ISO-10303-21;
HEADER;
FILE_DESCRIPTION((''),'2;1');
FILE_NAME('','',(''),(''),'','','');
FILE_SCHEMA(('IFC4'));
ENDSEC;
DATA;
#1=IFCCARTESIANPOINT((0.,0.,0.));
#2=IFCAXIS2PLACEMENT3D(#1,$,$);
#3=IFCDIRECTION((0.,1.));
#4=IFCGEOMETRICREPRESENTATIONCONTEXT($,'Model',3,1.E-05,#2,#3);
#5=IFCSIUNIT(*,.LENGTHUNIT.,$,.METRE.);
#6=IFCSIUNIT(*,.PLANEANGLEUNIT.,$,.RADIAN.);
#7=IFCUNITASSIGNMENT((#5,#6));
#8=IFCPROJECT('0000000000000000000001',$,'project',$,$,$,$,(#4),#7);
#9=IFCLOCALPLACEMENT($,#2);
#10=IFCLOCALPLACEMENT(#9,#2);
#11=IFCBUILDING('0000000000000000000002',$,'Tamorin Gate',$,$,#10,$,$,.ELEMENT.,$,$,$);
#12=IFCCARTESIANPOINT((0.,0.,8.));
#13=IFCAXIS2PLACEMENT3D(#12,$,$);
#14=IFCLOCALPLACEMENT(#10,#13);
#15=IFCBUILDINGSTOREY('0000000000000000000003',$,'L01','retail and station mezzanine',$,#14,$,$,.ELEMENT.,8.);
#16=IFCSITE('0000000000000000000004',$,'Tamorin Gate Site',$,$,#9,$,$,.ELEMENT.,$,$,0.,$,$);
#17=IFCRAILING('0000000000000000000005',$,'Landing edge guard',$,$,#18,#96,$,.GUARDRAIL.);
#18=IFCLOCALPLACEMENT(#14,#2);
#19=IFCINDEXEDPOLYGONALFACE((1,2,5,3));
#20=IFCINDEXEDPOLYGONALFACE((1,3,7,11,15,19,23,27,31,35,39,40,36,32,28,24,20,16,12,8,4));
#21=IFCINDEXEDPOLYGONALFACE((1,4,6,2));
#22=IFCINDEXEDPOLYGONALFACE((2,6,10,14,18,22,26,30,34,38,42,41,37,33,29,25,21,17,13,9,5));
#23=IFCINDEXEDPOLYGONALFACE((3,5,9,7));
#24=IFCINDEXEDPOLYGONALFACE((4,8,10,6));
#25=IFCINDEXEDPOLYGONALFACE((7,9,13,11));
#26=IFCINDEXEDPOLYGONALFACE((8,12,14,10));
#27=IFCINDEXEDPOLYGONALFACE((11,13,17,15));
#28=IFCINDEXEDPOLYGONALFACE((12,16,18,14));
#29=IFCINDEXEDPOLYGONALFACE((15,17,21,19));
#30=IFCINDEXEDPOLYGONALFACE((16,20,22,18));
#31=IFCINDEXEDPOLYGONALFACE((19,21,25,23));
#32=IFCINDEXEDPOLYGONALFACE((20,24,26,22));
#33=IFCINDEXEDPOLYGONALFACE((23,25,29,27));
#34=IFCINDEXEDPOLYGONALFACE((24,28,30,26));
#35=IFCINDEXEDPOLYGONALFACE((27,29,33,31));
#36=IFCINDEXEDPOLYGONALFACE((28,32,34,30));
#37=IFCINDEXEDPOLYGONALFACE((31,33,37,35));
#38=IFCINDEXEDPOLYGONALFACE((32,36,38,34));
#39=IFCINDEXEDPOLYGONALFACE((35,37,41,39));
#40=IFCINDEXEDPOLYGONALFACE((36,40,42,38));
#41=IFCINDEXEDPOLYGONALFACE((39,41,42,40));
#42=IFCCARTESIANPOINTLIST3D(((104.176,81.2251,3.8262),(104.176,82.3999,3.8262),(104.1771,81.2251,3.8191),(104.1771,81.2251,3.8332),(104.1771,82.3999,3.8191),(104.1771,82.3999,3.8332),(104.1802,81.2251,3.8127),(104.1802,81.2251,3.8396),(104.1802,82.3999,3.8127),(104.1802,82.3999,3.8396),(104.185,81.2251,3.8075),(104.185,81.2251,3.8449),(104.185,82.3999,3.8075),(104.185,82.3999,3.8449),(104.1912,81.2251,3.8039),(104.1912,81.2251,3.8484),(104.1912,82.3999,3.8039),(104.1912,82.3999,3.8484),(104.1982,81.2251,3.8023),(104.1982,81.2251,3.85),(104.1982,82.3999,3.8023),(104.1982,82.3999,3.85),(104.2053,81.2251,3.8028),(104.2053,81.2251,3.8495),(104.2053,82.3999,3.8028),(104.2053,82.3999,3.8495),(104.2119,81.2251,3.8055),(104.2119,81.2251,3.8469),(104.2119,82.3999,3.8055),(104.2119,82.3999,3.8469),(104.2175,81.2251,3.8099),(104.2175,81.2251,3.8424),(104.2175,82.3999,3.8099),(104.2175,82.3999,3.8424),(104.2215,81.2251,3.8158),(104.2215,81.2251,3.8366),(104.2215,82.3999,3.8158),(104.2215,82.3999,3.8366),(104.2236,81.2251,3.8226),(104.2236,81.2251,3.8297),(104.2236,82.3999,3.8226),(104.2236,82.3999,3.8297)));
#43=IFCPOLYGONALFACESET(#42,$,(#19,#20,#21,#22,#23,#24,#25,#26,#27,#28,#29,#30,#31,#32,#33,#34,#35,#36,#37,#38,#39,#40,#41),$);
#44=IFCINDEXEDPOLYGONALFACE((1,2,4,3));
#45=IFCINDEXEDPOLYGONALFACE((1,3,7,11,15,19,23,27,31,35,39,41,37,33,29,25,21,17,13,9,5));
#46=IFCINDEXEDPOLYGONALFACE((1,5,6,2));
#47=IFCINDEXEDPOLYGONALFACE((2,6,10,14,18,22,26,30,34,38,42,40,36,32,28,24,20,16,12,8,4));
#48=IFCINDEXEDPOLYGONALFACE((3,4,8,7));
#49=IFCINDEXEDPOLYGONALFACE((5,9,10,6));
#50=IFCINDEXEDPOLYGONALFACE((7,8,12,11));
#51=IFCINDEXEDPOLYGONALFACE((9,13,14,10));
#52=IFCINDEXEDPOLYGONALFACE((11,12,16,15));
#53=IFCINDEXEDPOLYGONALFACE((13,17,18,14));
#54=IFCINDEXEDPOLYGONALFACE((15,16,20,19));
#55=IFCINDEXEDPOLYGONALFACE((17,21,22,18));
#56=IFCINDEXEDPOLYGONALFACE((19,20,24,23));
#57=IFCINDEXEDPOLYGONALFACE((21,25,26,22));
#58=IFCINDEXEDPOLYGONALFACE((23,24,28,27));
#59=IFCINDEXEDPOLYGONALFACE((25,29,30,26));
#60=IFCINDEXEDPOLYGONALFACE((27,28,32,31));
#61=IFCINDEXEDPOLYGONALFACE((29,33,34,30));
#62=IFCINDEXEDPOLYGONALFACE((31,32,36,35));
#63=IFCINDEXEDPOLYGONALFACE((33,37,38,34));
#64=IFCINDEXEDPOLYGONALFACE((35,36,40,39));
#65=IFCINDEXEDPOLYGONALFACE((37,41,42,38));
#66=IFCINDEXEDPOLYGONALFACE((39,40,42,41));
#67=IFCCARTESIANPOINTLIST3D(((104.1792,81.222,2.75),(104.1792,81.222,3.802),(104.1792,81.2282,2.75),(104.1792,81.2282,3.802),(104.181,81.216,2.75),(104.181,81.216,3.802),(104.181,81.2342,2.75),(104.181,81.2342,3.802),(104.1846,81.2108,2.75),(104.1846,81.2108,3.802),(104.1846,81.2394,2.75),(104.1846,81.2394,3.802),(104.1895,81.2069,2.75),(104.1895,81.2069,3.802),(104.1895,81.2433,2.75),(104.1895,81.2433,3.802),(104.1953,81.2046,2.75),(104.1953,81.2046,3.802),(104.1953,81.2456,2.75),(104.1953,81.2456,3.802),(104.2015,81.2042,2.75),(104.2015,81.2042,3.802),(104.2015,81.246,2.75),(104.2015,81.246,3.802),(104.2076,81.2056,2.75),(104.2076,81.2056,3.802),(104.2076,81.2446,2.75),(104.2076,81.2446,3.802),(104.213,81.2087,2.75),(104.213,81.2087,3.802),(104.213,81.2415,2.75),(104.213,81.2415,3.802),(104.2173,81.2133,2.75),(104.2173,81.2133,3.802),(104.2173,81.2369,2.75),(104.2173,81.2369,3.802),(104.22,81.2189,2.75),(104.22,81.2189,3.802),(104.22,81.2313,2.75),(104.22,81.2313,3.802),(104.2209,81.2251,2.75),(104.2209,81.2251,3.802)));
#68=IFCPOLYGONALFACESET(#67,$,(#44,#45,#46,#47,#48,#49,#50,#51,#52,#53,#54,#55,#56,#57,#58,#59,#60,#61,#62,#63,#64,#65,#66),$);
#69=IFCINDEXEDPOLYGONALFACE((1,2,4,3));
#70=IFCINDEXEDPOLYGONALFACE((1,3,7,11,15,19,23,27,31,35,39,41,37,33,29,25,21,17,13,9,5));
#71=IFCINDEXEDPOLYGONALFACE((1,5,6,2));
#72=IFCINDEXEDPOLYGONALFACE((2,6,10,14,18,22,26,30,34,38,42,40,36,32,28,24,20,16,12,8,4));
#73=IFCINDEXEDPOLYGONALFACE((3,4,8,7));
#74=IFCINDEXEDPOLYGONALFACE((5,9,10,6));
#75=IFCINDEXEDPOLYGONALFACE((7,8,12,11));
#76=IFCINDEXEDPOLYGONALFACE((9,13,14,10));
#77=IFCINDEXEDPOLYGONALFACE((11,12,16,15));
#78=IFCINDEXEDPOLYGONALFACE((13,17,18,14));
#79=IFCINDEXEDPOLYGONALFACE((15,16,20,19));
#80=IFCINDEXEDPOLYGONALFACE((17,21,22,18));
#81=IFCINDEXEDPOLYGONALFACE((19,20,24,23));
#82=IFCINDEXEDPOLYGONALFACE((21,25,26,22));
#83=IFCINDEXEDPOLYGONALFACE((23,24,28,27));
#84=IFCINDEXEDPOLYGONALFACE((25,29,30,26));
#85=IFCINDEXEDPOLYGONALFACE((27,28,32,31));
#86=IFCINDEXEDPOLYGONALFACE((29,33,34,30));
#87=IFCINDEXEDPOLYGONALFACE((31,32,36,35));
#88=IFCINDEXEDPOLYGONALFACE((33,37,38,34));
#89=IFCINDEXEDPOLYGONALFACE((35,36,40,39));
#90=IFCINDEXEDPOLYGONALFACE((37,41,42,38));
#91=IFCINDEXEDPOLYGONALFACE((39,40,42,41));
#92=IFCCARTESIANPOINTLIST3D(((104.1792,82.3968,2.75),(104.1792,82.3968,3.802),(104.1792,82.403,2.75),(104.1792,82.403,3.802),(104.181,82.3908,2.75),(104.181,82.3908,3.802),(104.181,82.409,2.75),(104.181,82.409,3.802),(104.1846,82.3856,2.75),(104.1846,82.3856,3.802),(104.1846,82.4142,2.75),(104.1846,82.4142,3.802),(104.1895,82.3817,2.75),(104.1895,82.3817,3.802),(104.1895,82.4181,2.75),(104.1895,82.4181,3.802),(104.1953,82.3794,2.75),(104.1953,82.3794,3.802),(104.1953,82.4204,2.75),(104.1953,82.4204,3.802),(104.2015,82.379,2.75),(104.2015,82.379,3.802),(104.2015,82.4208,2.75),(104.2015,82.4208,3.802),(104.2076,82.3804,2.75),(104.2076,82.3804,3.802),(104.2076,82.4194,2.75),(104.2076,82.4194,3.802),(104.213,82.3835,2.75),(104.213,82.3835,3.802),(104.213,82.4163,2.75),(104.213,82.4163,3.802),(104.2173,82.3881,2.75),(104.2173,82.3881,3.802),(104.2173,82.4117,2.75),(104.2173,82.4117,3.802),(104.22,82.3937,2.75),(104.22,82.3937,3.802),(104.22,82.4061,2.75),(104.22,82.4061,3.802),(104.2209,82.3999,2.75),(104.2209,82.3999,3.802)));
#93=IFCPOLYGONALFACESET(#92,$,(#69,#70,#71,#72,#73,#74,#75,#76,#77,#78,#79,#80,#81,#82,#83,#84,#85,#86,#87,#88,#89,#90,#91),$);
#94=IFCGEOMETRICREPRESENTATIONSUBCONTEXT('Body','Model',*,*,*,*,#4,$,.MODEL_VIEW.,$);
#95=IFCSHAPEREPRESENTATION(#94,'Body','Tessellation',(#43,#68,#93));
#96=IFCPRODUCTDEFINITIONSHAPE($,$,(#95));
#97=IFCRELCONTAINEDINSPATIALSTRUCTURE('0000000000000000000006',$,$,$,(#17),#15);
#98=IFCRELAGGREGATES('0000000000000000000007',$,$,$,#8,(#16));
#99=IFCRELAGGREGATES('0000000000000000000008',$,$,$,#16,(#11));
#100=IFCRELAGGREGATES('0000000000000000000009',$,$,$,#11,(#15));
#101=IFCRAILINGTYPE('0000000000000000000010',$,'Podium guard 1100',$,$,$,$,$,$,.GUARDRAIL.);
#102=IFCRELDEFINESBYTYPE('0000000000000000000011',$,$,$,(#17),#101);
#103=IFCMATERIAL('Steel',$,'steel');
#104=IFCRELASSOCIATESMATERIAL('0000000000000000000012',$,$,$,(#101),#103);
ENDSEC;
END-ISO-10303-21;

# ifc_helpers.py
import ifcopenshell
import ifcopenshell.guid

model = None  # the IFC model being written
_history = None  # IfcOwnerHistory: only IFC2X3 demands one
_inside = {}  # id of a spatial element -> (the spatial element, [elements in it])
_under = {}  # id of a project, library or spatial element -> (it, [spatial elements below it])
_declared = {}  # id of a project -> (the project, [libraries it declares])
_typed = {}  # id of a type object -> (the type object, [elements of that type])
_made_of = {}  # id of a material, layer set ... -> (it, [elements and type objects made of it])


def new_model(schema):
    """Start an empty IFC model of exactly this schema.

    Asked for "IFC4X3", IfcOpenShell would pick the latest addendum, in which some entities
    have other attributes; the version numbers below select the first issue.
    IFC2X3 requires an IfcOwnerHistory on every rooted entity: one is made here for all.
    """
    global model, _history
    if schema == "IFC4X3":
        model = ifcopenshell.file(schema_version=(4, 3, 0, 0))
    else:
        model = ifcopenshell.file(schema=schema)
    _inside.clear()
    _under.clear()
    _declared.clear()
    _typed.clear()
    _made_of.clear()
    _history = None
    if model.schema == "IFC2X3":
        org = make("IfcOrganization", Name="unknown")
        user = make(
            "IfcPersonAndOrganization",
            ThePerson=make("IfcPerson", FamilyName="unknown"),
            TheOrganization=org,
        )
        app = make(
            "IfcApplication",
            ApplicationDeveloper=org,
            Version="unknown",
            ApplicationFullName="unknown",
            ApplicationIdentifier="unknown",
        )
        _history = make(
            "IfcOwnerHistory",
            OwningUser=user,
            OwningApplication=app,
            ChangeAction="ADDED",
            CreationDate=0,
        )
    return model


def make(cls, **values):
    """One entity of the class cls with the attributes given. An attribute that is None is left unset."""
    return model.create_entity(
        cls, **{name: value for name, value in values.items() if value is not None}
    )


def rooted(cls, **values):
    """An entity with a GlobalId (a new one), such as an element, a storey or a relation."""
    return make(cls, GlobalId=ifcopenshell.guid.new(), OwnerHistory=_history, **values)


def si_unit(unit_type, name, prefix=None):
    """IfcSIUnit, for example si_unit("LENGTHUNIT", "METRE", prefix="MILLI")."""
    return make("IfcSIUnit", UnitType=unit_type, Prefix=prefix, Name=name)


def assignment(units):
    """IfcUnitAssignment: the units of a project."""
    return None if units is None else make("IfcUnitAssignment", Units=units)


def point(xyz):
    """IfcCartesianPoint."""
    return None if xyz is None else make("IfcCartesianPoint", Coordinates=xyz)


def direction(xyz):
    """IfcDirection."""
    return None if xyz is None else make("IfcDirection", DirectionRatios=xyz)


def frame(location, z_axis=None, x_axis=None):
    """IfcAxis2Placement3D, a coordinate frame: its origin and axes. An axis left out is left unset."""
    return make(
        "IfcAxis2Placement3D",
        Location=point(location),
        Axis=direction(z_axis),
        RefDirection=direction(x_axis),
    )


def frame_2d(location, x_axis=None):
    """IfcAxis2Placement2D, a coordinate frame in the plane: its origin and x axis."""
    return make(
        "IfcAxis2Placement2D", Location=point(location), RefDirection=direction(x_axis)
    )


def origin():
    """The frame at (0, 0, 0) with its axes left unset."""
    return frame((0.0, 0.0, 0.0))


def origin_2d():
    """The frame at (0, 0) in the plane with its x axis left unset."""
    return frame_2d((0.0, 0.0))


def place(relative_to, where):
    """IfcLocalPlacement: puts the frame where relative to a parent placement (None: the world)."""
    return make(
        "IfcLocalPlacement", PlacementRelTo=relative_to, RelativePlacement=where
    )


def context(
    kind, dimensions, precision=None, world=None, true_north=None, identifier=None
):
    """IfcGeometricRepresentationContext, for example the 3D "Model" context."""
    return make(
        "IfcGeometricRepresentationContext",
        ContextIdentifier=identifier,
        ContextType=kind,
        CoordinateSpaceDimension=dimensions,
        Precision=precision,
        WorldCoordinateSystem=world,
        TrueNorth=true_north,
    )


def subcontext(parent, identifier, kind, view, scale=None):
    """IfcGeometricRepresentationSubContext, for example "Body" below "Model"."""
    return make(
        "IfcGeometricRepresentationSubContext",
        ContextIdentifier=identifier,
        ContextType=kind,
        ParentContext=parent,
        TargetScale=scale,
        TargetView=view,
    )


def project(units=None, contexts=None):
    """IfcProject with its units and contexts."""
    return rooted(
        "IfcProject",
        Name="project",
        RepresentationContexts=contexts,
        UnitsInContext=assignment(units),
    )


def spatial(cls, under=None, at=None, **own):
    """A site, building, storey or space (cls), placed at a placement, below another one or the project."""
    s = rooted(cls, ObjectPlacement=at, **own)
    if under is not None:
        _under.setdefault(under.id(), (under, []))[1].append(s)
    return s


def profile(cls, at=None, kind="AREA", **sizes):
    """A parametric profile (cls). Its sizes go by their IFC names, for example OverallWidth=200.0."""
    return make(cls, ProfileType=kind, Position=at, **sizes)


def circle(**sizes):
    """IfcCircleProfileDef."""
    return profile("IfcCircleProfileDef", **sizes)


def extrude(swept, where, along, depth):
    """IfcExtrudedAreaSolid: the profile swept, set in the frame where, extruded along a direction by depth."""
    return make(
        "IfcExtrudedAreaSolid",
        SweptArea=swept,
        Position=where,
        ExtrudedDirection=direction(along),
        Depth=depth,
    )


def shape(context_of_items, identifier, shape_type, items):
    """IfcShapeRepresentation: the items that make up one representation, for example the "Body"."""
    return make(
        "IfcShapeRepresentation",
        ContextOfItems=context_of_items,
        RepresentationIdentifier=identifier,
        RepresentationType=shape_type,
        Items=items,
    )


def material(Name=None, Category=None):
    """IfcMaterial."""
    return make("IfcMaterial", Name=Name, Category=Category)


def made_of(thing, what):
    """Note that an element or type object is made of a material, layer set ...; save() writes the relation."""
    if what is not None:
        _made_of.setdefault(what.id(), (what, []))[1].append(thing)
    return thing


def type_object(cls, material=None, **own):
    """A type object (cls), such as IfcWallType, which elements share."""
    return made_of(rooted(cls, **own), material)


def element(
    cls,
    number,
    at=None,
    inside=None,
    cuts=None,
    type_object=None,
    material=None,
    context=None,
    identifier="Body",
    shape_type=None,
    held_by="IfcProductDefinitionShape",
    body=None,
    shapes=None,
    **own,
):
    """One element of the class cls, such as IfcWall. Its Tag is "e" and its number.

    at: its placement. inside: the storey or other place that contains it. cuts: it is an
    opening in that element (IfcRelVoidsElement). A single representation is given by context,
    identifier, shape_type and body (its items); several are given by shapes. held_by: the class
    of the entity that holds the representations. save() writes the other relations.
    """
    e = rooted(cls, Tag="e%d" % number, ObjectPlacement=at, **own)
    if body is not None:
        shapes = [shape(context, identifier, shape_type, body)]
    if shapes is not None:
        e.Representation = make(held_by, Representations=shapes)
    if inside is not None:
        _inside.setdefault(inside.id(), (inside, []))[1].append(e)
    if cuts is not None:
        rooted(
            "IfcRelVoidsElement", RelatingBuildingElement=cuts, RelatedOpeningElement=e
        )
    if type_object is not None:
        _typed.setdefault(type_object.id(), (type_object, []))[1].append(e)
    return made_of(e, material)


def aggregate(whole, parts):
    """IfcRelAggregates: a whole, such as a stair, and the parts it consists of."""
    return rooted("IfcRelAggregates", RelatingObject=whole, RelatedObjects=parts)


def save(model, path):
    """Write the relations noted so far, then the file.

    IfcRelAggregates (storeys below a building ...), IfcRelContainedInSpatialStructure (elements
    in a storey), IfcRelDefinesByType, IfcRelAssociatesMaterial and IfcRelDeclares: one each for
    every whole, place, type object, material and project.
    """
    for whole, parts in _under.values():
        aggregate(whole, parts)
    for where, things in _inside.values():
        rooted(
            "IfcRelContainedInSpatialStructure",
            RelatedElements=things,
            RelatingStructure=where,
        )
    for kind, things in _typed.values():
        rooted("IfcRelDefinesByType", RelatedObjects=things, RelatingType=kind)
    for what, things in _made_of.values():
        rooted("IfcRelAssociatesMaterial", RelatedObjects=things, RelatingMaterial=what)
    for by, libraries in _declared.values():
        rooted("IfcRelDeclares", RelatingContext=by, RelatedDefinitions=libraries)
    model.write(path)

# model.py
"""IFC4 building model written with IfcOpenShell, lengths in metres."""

from ifc_helpers import new_model, si_unit, direction, frame, origin, origin_2d, place, context, subcontext, project, spatial, circle, extrude, material, type_object, element, save


model = new_model("IFC4")

# Units and contexts
model_context = context("Model", 3, precision=1e-05, world=origin(), true_north=direction((0.0, 1.0)))
body_context = subcontext(model_context, "Body", "Model", "MODEL_VIEW")
ifc_project = project(units=[si_unit("LENGTHUNIT", "METRE"), si_unit("PLANEANGLEUNIT", "RADIAN")], contexts=[model_context])

# Site, building, storey
site_placement = place(None, origin())
site = spatial("IfcSite", under=ifc_project, at=site_placement, Name="Tamorin Gate Site", CompositionType="ELEMENT", RefElevation=0.0)
building_placement = place(site_placement, origin())
building = spatial("IfcBuilding", under=site, at=building_placement, Name="Tamorin Gate", CompositionType="ELEMENT")
storey_placement = place(building_placement, frame((0.0, 0.0, 8.0)))
storey = spatial("IfcBuildingStorey", under=building, at=storey_placement, Name="L01", Description="retail and station mezzanine", CompositionType="ELEMENT", Elevation=8.0)

# Railing
ifc_material_1 = material(Name="Steel", Category="steel")
railing_type_1 = type_object("IfcRailingType", Name="Podium guard 1100", PredefinedType="GUARDRAIL", material=ifc_material_1)
railing_1_placement = place(storey_placement, frame((104.2, 81.2251, 2.75)))
element("IfcRailing", 1, at=railing_1_placement, inside=storey, type_object=railing_type_1, Name="Landing edge guard", PredefinedType="GUARDRAIL", context=body_context, shape_type="SweptSolid", body=[
    extrude(circle(Radius=0.0239, at=origin_2d()), frame((0.0, 0.0, 1.0762), z_axis=(0.0, 1.0, 0.0), x_axis=(-1.0, 0.0, 0.0)), (0.0, 0.0, 1.0), 1.1748),
    extrude(circle(Radius=0.021, at=origin_2d()), origin(), (0.0, 0.0, 1.0), 1.052),
    extrude(circle(Radius=0.021, at=origin_2d()), frame((0.0, 1.1748, 0.0)), (0.0, 0.0, 1.0), 1.052),
])

save(model, "model.ifc")
